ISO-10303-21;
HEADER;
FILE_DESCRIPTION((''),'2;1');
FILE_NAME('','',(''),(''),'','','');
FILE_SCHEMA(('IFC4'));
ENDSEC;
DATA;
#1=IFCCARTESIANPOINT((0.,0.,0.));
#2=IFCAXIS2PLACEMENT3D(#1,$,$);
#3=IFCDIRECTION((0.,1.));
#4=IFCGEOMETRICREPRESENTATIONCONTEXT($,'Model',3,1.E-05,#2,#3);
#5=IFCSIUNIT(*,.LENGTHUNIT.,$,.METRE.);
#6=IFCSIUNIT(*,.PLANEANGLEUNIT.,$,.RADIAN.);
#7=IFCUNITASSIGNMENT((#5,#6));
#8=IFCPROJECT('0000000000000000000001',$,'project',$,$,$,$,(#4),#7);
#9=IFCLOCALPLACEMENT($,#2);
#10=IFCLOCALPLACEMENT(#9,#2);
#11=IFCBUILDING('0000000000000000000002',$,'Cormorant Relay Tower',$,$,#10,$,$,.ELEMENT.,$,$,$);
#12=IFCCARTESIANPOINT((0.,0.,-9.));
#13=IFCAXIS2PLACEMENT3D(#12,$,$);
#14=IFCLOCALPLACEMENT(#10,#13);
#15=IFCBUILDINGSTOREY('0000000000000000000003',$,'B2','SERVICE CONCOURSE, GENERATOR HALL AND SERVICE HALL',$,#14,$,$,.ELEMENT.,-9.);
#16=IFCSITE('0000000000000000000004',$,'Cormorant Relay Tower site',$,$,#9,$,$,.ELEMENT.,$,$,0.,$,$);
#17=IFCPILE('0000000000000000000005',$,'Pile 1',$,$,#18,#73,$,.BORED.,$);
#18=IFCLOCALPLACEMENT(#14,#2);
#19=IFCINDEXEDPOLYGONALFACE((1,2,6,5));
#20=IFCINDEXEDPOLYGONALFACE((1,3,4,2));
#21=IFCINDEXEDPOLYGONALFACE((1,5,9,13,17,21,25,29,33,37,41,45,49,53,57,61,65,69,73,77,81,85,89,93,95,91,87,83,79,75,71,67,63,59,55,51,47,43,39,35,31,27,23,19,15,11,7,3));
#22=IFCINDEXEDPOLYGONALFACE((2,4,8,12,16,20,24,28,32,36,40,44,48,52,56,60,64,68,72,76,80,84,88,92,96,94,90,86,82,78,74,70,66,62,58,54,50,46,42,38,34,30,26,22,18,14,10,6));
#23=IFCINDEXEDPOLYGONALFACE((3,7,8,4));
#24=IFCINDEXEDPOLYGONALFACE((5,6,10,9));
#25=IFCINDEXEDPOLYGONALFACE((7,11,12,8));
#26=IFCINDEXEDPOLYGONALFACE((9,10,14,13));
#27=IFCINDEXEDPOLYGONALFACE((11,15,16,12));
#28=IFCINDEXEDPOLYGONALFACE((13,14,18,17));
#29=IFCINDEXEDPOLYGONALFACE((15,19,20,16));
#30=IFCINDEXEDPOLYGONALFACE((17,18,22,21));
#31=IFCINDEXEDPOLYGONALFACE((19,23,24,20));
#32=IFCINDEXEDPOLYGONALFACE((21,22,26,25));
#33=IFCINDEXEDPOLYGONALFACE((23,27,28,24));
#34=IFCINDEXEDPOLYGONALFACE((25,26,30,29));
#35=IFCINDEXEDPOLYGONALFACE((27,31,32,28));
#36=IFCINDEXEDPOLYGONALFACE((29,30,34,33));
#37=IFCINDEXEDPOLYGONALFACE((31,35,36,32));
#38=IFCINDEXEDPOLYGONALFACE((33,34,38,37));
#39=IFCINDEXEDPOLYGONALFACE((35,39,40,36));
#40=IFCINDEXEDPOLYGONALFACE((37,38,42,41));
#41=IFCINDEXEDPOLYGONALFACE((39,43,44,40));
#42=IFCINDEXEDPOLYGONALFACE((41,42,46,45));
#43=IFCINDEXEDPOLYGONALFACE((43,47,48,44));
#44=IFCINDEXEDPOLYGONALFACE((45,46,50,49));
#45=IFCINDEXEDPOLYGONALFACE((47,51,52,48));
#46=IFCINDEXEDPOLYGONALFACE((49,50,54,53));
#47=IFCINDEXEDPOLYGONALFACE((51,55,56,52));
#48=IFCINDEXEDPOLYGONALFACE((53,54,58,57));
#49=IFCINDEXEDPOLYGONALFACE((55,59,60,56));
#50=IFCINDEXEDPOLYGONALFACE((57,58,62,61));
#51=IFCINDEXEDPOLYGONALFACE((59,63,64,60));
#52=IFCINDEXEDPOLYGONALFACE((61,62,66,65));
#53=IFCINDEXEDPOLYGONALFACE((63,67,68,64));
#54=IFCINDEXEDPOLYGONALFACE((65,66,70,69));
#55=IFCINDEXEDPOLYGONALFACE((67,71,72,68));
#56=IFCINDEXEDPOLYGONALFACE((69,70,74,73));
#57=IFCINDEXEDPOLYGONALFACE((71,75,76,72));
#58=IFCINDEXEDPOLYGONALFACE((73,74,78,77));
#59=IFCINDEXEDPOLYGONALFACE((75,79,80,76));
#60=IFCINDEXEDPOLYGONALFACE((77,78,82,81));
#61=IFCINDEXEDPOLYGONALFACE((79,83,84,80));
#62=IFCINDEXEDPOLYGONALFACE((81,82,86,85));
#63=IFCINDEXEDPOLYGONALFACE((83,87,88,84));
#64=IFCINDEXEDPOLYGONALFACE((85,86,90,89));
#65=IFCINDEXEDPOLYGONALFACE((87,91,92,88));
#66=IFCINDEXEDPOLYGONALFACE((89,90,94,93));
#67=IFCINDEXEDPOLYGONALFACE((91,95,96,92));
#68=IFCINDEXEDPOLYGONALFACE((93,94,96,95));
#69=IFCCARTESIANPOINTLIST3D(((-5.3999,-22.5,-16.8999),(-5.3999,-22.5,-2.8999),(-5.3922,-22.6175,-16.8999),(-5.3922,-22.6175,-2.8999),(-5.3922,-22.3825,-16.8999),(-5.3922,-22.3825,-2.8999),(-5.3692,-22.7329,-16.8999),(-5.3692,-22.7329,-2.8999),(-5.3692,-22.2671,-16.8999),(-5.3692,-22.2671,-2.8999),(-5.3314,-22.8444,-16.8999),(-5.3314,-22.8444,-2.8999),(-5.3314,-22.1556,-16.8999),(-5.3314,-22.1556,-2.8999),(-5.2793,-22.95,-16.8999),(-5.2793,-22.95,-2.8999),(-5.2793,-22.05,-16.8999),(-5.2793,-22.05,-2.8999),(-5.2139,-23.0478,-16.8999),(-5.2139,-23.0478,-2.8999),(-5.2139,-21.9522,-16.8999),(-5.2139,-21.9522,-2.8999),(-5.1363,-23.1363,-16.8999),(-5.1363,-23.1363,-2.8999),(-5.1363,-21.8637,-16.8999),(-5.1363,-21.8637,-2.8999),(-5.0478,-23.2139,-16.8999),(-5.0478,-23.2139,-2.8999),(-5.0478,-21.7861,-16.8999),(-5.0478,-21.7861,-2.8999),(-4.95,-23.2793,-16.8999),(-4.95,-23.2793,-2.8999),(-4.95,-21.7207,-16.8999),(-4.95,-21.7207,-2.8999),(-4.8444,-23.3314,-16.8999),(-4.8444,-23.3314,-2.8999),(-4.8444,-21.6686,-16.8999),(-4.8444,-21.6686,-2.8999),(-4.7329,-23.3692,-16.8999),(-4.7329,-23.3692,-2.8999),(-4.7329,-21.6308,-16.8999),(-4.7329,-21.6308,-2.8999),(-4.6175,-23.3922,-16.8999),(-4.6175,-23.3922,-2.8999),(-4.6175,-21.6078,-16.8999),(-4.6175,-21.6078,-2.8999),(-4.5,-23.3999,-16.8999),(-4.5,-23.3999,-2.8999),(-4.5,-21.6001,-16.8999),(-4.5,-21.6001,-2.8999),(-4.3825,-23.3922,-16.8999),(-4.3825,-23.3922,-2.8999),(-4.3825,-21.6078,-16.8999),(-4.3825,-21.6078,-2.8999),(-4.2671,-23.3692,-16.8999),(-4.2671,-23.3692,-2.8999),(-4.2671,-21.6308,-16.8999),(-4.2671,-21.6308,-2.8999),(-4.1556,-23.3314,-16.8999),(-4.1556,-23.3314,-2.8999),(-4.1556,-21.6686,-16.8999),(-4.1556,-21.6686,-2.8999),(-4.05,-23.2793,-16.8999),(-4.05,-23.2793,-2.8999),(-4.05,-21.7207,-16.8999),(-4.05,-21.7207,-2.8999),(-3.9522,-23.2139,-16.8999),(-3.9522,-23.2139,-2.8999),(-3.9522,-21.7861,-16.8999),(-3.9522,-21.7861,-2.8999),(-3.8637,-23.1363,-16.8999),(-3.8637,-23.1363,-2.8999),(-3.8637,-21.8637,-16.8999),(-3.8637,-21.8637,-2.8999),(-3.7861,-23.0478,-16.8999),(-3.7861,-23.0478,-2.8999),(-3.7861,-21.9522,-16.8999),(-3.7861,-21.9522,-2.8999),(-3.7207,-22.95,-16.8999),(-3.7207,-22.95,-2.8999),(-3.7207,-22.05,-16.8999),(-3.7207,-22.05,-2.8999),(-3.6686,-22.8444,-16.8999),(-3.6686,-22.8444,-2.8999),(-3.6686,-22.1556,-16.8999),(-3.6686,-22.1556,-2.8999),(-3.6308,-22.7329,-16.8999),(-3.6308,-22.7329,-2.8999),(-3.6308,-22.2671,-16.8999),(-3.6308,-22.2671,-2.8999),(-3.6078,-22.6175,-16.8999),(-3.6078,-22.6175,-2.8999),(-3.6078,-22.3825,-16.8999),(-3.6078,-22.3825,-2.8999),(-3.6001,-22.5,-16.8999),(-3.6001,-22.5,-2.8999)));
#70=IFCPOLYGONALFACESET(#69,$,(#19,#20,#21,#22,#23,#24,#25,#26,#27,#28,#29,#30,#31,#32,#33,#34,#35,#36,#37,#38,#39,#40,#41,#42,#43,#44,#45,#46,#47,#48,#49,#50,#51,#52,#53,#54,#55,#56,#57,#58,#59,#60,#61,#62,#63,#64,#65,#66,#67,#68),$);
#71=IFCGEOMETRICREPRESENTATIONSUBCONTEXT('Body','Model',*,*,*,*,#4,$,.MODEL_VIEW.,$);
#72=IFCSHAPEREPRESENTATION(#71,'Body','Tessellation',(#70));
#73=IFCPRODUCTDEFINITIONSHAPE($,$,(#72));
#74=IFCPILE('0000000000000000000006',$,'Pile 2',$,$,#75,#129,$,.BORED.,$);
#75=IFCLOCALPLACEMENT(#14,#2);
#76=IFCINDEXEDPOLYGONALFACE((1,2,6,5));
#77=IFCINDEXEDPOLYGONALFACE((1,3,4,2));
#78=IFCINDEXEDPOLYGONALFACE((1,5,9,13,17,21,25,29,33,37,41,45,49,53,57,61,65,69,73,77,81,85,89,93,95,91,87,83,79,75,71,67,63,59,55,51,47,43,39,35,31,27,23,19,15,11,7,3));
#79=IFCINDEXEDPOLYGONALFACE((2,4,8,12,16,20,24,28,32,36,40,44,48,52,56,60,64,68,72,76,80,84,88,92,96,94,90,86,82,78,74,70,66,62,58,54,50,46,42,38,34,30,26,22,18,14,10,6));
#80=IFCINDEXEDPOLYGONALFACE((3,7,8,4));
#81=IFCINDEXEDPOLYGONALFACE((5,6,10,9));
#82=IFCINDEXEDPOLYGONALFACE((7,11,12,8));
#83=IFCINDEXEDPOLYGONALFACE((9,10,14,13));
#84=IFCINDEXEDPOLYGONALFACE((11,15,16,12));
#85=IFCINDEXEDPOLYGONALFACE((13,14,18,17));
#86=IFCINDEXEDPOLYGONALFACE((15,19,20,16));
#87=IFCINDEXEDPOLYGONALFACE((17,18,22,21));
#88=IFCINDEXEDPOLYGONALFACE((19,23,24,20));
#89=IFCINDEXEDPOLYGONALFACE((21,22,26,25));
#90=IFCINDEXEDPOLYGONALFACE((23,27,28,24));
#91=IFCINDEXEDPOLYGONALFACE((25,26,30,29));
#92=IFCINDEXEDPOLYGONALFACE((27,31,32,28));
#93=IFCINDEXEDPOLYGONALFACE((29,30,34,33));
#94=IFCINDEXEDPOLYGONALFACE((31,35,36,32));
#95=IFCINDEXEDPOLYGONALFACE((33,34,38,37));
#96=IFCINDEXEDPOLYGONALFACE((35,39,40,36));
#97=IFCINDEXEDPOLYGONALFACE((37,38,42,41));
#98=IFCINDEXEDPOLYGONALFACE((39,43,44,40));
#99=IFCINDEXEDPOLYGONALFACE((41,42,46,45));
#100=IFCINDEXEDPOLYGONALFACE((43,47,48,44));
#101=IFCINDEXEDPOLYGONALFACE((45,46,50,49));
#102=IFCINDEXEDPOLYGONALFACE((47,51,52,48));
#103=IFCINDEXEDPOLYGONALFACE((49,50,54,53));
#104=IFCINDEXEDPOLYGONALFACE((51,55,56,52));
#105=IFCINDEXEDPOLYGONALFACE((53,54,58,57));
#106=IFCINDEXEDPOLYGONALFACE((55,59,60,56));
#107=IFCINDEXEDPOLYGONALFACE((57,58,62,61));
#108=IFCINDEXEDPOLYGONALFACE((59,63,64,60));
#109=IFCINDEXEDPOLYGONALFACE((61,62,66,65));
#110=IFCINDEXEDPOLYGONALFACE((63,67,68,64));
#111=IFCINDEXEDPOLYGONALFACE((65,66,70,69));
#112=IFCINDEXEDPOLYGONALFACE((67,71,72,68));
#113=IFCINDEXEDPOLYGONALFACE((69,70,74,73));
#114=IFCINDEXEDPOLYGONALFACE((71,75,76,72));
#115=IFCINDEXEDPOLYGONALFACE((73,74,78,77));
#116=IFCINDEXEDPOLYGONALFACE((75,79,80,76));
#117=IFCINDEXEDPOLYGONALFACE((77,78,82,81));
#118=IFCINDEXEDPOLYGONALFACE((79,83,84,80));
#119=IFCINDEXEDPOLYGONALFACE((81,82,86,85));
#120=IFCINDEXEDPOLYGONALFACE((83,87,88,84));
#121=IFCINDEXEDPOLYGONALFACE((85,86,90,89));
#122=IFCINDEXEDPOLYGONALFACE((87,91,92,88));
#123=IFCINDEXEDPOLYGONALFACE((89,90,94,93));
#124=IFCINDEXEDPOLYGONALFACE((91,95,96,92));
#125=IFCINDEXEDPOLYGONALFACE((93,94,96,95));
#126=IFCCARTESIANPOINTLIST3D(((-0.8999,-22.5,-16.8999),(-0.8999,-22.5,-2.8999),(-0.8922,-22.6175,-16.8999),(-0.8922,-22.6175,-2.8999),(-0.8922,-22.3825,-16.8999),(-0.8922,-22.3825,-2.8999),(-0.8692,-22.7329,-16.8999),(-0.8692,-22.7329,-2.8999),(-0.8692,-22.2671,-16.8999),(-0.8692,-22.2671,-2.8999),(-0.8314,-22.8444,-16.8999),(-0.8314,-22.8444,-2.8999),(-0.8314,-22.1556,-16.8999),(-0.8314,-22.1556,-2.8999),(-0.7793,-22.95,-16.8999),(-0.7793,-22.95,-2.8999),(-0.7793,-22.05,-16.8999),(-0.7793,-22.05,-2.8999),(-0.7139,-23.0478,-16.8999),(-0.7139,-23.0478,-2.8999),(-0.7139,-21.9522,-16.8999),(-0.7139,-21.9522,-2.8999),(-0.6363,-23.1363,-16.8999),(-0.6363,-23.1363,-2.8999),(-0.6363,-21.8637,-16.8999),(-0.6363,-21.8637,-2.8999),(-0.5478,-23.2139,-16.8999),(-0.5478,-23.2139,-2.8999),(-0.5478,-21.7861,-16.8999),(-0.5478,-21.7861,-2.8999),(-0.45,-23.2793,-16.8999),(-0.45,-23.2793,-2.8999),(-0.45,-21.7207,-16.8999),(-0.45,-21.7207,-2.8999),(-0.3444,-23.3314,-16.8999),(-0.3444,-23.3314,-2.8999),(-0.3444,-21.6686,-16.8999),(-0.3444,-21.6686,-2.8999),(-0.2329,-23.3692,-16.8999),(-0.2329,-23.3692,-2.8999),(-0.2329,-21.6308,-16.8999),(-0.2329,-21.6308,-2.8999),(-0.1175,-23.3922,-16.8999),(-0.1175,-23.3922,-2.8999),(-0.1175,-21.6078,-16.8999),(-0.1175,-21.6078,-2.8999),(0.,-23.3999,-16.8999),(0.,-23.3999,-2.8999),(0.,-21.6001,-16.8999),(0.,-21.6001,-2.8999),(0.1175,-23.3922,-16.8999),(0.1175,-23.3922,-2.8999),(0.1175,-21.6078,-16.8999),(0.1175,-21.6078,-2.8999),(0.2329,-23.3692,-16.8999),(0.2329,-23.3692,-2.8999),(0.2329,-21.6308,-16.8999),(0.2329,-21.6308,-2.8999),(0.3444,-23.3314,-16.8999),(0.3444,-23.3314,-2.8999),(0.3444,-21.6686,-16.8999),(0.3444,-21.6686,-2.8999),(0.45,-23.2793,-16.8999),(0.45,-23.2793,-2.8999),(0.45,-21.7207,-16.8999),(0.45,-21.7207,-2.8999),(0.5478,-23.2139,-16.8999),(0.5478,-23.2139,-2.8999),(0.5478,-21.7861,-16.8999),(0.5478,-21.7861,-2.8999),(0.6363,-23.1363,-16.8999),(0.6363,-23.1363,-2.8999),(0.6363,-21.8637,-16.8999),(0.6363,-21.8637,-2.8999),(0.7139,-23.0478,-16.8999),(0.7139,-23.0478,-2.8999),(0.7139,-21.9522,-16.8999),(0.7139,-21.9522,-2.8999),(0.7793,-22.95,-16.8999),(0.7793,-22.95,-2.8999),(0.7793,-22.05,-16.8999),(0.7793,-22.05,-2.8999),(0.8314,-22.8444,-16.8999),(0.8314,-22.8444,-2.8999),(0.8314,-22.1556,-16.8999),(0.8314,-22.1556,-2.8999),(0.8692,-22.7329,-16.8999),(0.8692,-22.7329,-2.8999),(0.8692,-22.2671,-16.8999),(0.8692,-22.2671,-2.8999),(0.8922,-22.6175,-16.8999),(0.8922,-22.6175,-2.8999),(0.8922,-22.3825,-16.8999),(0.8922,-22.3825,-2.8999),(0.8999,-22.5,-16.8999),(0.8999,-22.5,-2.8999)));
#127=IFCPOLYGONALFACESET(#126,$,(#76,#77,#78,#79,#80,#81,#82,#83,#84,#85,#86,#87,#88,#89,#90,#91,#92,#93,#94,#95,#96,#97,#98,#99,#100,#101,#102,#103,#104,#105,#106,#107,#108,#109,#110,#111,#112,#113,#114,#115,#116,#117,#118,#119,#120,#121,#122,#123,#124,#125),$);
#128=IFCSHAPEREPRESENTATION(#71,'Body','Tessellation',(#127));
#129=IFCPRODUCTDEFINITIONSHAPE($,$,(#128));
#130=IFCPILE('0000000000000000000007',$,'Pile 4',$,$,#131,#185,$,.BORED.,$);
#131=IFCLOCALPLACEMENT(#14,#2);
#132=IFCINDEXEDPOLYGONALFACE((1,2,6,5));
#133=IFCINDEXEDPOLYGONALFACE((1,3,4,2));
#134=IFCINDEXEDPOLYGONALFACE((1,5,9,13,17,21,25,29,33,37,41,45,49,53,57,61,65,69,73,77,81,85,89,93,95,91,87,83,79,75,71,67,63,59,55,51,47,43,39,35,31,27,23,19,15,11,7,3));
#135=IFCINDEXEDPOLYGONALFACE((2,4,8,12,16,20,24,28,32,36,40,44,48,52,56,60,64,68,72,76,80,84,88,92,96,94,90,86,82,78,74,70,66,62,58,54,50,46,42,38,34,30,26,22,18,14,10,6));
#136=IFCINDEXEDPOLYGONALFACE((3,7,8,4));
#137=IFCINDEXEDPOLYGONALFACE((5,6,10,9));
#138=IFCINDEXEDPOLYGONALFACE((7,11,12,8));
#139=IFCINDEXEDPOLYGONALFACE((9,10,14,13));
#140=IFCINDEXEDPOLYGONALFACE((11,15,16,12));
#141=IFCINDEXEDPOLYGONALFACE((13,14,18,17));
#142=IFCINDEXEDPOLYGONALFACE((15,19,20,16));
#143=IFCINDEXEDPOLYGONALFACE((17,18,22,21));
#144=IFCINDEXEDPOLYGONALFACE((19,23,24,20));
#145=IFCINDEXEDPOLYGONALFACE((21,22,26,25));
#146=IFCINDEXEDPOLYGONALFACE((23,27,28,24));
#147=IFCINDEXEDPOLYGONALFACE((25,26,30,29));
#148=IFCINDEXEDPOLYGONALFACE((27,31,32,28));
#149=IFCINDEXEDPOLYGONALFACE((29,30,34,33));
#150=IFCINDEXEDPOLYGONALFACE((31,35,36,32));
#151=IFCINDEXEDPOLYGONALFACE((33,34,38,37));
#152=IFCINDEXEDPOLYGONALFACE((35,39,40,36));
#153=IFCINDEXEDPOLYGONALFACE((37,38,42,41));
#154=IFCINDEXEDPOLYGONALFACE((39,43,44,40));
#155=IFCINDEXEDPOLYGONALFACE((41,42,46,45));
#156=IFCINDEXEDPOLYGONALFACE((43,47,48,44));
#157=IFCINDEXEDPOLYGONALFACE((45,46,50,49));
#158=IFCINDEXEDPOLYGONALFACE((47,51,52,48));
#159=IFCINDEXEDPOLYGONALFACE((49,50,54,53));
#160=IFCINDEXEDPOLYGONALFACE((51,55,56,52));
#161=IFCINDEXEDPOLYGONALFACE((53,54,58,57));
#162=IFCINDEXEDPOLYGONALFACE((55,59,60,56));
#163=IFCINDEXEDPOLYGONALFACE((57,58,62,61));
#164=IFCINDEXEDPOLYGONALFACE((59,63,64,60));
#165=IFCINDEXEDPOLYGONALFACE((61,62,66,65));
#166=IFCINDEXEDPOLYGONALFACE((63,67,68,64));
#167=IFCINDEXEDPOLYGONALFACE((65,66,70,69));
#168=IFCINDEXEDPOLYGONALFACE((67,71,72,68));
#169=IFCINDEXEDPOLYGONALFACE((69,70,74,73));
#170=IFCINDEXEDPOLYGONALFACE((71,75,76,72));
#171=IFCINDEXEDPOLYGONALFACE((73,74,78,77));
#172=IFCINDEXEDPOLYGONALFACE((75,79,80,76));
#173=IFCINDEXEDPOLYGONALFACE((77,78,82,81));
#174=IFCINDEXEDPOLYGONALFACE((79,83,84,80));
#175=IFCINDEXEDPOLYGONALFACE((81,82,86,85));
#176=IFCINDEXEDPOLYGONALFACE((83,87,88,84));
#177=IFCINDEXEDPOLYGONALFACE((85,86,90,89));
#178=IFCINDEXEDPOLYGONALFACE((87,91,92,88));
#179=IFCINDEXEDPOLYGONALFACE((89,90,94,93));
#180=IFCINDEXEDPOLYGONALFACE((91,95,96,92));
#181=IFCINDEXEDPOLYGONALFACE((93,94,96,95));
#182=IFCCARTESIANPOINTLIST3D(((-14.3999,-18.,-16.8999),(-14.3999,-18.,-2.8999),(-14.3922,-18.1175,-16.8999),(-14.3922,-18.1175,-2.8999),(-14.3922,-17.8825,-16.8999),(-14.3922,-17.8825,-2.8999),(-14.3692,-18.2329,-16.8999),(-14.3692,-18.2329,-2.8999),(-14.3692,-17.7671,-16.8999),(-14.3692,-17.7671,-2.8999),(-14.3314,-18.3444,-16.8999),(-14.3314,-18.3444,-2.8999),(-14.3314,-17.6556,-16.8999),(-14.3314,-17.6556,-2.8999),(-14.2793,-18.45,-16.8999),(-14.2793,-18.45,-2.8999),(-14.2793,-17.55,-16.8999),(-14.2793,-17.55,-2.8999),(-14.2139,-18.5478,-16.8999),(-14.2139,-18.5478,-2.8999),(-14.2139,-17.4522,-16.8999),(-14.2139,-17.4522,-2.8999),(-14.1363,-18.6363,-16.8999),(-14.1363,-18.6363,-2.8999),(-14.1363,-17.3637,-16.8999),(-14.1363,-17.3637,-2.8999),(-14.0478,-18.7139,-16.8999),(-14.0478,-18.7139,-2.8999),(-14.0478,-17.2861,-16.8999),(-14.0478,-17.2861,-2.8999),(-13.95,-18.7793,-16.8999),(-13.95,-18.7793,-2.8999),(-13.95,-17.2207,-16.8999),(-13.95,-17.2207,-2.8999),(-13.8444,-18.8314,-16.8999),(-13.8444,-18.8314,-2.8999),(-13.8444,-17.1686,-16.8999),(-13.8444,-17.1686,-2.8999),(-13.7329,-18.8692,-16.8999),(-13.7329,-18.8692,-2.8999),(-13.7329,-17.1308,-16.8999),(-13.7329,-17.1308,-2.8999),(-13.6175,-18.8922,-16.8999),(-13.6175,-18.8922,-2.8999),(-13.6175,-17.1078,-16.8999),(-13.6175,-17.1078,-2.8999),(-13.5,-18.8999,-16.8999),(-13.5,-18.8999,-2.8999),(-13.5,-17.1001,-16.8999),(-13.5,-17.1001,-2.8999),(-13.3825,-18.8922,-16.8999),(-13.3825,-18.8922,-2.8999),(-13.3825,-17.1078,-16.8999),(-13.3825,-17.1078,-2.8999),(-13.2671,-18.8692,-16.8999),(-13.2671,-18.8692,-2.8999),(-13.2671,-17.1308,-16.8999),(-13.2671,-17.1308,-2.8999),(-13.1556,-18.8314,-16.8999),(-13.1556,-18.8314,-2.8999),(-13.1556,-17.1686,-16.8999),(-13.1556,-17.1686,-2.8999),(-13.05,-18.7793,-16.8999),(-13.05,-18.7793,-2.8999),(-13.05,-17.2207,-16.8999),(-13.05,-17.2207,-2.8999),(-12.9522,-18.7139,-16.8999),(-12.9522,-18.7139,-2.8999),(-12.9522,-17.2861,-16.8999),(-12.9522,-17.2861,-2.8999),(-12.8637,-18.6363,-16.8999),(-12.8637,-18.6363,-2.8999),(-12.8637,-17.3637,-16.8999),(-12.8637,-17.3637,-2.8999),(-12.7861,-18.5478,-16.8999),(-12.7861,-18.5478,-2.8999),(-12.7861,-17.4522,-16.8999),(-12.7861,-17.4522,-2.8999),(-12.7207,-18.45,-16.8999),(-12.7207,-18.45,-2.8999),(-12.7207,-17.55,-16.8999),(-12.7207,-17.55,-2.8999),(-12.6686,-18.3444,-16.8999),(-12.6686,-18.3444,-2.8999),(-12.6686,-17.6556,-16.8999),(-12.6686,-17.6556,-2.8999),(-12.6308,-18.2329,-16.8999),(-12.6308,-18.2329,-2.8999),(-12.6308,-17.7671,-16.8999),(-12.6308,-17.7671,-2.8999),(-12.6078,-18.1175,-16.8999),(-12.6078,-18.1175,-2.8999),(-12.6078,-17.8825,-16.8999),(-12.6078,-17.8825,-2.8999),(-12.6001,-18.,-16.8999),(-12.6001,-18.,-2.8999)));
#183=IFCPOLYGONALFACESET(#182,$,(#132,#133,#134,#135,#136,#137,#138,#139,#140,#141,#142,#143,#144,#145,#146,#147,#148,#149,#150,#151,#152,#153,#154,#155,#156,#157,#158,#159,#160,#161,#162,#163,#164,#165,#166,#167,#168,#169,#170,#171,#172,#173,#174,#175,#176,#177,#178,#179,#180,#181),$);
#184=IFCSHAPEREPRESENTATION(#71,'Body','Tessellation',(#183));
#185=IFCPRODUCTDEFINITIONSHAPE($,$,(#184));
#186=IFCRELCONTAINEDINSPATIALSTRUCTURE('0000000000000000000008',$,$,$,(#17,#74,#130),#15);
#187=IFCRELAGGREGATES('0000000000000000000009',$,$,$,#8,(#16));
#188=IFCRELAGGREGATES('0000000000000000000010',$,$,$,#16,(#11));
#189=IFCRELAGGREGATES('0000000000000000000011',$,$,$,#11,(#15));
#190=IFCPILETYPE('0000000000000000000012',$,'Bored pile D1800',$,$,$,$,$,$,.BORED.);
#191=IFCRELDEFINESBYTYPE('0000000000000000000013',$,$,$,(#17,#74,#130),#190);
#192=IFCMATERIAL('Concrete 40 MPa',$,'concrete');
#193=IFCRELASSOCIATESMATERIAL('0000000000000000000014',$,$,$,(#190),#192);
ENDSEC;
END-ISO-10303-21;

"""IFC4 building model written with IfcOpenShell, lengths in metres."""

from ifc_helpers import new_model, si_unit, direction, frame, origin, origin_2d, place, context, subcontext, project, spatial, circle, extrude, material, material_profile, profile_set, type_object, element, save


model = new_model("IFC4")

# Units and contexts
model_context = context("Model", 3, precision=1e-05, world=origin(), true_north=direction((0.0, 1.0)))
body_context = subcontext(model_context, "Body", "Model", "MODEL_VIEW")
ifc_project = project(units=[si_unit("LENGTHUNIT", "METRE"), si_unit("PLANEANGLEUNIT", "RADIAN")], contexts=[model_context])

# Site, building, storey
site_placement = place(None, origin())
site = spatial("IfcSite", under=ifc_project, at=site_placement, Name="Cormorant Relay Tower site", CompositionType="ELEMENT", RefElevation=0.0)
building_placement = place(site_placement, origin())
building = spatial("IfcBuilding", under=site, at=building_placement, Name="Cormorant Relay Tower", CompositionType="ELEMENT")
storey_placement = place(building_placement, frame((0.0, 0.0, -9.0)))
storey = spatial("IfcBuildingStorey", under=building, at=storey_placement, Name="B2", Description="SERVICE CONCOURSE, GENERATOR HALL AND SERVICE HALL", CompositionType="ELEMENT", Elevation=-9.0)

# Piles
ifc_material_1 = material(Name="Concrete 40 MPa", Category="concrete")
ifc_material_profile_1 = material_profile(ifc_material_1, circle(Radius=0.8999, at=origin_2d()), Name="BP1800")
ifc_profile_set_1 = profile_set([ifc_material_profile_1], Name="Concrete 40 MPa")
pile_type = type_object("IfcPileType", Name="Bored pile D1800", PredefinedType="BORED", material=ifc_profile_set_1)
for number, where, z_axis, x_axis, name in (
    (1, (-4.5, -22.5, -2.8999), (0.0, 0.0, -1.0), (1.0, 0.0, 0.0), "Pile 1"),
    (2, (0.0, -22.5, -2.8999), (0.0, 0.0, -1.0), (1.0, 0.0, 0.0), "Pile 2"),
    (3, (-13.5, -18.0, -2.8999), (0.0, 0.0, -1.0), (1.0, 0.0, 0.0), "Pile 4"),
):
    element("IfcPile", number, at=place(storey_placement, frame(where, z_axis=z_axis, x_axis=x_axis)), inside=storey, type_object=pile_type, Name=name, PredefinedType="BORED", context=body_context, shape_type="SweptSolid", body=[
        extrude(circle(Radius=0.8999, at=origin_2d()), origin(), (0.0, 0.0, 1.0), 14.0),
    ])

save(model, "model.ifc")
